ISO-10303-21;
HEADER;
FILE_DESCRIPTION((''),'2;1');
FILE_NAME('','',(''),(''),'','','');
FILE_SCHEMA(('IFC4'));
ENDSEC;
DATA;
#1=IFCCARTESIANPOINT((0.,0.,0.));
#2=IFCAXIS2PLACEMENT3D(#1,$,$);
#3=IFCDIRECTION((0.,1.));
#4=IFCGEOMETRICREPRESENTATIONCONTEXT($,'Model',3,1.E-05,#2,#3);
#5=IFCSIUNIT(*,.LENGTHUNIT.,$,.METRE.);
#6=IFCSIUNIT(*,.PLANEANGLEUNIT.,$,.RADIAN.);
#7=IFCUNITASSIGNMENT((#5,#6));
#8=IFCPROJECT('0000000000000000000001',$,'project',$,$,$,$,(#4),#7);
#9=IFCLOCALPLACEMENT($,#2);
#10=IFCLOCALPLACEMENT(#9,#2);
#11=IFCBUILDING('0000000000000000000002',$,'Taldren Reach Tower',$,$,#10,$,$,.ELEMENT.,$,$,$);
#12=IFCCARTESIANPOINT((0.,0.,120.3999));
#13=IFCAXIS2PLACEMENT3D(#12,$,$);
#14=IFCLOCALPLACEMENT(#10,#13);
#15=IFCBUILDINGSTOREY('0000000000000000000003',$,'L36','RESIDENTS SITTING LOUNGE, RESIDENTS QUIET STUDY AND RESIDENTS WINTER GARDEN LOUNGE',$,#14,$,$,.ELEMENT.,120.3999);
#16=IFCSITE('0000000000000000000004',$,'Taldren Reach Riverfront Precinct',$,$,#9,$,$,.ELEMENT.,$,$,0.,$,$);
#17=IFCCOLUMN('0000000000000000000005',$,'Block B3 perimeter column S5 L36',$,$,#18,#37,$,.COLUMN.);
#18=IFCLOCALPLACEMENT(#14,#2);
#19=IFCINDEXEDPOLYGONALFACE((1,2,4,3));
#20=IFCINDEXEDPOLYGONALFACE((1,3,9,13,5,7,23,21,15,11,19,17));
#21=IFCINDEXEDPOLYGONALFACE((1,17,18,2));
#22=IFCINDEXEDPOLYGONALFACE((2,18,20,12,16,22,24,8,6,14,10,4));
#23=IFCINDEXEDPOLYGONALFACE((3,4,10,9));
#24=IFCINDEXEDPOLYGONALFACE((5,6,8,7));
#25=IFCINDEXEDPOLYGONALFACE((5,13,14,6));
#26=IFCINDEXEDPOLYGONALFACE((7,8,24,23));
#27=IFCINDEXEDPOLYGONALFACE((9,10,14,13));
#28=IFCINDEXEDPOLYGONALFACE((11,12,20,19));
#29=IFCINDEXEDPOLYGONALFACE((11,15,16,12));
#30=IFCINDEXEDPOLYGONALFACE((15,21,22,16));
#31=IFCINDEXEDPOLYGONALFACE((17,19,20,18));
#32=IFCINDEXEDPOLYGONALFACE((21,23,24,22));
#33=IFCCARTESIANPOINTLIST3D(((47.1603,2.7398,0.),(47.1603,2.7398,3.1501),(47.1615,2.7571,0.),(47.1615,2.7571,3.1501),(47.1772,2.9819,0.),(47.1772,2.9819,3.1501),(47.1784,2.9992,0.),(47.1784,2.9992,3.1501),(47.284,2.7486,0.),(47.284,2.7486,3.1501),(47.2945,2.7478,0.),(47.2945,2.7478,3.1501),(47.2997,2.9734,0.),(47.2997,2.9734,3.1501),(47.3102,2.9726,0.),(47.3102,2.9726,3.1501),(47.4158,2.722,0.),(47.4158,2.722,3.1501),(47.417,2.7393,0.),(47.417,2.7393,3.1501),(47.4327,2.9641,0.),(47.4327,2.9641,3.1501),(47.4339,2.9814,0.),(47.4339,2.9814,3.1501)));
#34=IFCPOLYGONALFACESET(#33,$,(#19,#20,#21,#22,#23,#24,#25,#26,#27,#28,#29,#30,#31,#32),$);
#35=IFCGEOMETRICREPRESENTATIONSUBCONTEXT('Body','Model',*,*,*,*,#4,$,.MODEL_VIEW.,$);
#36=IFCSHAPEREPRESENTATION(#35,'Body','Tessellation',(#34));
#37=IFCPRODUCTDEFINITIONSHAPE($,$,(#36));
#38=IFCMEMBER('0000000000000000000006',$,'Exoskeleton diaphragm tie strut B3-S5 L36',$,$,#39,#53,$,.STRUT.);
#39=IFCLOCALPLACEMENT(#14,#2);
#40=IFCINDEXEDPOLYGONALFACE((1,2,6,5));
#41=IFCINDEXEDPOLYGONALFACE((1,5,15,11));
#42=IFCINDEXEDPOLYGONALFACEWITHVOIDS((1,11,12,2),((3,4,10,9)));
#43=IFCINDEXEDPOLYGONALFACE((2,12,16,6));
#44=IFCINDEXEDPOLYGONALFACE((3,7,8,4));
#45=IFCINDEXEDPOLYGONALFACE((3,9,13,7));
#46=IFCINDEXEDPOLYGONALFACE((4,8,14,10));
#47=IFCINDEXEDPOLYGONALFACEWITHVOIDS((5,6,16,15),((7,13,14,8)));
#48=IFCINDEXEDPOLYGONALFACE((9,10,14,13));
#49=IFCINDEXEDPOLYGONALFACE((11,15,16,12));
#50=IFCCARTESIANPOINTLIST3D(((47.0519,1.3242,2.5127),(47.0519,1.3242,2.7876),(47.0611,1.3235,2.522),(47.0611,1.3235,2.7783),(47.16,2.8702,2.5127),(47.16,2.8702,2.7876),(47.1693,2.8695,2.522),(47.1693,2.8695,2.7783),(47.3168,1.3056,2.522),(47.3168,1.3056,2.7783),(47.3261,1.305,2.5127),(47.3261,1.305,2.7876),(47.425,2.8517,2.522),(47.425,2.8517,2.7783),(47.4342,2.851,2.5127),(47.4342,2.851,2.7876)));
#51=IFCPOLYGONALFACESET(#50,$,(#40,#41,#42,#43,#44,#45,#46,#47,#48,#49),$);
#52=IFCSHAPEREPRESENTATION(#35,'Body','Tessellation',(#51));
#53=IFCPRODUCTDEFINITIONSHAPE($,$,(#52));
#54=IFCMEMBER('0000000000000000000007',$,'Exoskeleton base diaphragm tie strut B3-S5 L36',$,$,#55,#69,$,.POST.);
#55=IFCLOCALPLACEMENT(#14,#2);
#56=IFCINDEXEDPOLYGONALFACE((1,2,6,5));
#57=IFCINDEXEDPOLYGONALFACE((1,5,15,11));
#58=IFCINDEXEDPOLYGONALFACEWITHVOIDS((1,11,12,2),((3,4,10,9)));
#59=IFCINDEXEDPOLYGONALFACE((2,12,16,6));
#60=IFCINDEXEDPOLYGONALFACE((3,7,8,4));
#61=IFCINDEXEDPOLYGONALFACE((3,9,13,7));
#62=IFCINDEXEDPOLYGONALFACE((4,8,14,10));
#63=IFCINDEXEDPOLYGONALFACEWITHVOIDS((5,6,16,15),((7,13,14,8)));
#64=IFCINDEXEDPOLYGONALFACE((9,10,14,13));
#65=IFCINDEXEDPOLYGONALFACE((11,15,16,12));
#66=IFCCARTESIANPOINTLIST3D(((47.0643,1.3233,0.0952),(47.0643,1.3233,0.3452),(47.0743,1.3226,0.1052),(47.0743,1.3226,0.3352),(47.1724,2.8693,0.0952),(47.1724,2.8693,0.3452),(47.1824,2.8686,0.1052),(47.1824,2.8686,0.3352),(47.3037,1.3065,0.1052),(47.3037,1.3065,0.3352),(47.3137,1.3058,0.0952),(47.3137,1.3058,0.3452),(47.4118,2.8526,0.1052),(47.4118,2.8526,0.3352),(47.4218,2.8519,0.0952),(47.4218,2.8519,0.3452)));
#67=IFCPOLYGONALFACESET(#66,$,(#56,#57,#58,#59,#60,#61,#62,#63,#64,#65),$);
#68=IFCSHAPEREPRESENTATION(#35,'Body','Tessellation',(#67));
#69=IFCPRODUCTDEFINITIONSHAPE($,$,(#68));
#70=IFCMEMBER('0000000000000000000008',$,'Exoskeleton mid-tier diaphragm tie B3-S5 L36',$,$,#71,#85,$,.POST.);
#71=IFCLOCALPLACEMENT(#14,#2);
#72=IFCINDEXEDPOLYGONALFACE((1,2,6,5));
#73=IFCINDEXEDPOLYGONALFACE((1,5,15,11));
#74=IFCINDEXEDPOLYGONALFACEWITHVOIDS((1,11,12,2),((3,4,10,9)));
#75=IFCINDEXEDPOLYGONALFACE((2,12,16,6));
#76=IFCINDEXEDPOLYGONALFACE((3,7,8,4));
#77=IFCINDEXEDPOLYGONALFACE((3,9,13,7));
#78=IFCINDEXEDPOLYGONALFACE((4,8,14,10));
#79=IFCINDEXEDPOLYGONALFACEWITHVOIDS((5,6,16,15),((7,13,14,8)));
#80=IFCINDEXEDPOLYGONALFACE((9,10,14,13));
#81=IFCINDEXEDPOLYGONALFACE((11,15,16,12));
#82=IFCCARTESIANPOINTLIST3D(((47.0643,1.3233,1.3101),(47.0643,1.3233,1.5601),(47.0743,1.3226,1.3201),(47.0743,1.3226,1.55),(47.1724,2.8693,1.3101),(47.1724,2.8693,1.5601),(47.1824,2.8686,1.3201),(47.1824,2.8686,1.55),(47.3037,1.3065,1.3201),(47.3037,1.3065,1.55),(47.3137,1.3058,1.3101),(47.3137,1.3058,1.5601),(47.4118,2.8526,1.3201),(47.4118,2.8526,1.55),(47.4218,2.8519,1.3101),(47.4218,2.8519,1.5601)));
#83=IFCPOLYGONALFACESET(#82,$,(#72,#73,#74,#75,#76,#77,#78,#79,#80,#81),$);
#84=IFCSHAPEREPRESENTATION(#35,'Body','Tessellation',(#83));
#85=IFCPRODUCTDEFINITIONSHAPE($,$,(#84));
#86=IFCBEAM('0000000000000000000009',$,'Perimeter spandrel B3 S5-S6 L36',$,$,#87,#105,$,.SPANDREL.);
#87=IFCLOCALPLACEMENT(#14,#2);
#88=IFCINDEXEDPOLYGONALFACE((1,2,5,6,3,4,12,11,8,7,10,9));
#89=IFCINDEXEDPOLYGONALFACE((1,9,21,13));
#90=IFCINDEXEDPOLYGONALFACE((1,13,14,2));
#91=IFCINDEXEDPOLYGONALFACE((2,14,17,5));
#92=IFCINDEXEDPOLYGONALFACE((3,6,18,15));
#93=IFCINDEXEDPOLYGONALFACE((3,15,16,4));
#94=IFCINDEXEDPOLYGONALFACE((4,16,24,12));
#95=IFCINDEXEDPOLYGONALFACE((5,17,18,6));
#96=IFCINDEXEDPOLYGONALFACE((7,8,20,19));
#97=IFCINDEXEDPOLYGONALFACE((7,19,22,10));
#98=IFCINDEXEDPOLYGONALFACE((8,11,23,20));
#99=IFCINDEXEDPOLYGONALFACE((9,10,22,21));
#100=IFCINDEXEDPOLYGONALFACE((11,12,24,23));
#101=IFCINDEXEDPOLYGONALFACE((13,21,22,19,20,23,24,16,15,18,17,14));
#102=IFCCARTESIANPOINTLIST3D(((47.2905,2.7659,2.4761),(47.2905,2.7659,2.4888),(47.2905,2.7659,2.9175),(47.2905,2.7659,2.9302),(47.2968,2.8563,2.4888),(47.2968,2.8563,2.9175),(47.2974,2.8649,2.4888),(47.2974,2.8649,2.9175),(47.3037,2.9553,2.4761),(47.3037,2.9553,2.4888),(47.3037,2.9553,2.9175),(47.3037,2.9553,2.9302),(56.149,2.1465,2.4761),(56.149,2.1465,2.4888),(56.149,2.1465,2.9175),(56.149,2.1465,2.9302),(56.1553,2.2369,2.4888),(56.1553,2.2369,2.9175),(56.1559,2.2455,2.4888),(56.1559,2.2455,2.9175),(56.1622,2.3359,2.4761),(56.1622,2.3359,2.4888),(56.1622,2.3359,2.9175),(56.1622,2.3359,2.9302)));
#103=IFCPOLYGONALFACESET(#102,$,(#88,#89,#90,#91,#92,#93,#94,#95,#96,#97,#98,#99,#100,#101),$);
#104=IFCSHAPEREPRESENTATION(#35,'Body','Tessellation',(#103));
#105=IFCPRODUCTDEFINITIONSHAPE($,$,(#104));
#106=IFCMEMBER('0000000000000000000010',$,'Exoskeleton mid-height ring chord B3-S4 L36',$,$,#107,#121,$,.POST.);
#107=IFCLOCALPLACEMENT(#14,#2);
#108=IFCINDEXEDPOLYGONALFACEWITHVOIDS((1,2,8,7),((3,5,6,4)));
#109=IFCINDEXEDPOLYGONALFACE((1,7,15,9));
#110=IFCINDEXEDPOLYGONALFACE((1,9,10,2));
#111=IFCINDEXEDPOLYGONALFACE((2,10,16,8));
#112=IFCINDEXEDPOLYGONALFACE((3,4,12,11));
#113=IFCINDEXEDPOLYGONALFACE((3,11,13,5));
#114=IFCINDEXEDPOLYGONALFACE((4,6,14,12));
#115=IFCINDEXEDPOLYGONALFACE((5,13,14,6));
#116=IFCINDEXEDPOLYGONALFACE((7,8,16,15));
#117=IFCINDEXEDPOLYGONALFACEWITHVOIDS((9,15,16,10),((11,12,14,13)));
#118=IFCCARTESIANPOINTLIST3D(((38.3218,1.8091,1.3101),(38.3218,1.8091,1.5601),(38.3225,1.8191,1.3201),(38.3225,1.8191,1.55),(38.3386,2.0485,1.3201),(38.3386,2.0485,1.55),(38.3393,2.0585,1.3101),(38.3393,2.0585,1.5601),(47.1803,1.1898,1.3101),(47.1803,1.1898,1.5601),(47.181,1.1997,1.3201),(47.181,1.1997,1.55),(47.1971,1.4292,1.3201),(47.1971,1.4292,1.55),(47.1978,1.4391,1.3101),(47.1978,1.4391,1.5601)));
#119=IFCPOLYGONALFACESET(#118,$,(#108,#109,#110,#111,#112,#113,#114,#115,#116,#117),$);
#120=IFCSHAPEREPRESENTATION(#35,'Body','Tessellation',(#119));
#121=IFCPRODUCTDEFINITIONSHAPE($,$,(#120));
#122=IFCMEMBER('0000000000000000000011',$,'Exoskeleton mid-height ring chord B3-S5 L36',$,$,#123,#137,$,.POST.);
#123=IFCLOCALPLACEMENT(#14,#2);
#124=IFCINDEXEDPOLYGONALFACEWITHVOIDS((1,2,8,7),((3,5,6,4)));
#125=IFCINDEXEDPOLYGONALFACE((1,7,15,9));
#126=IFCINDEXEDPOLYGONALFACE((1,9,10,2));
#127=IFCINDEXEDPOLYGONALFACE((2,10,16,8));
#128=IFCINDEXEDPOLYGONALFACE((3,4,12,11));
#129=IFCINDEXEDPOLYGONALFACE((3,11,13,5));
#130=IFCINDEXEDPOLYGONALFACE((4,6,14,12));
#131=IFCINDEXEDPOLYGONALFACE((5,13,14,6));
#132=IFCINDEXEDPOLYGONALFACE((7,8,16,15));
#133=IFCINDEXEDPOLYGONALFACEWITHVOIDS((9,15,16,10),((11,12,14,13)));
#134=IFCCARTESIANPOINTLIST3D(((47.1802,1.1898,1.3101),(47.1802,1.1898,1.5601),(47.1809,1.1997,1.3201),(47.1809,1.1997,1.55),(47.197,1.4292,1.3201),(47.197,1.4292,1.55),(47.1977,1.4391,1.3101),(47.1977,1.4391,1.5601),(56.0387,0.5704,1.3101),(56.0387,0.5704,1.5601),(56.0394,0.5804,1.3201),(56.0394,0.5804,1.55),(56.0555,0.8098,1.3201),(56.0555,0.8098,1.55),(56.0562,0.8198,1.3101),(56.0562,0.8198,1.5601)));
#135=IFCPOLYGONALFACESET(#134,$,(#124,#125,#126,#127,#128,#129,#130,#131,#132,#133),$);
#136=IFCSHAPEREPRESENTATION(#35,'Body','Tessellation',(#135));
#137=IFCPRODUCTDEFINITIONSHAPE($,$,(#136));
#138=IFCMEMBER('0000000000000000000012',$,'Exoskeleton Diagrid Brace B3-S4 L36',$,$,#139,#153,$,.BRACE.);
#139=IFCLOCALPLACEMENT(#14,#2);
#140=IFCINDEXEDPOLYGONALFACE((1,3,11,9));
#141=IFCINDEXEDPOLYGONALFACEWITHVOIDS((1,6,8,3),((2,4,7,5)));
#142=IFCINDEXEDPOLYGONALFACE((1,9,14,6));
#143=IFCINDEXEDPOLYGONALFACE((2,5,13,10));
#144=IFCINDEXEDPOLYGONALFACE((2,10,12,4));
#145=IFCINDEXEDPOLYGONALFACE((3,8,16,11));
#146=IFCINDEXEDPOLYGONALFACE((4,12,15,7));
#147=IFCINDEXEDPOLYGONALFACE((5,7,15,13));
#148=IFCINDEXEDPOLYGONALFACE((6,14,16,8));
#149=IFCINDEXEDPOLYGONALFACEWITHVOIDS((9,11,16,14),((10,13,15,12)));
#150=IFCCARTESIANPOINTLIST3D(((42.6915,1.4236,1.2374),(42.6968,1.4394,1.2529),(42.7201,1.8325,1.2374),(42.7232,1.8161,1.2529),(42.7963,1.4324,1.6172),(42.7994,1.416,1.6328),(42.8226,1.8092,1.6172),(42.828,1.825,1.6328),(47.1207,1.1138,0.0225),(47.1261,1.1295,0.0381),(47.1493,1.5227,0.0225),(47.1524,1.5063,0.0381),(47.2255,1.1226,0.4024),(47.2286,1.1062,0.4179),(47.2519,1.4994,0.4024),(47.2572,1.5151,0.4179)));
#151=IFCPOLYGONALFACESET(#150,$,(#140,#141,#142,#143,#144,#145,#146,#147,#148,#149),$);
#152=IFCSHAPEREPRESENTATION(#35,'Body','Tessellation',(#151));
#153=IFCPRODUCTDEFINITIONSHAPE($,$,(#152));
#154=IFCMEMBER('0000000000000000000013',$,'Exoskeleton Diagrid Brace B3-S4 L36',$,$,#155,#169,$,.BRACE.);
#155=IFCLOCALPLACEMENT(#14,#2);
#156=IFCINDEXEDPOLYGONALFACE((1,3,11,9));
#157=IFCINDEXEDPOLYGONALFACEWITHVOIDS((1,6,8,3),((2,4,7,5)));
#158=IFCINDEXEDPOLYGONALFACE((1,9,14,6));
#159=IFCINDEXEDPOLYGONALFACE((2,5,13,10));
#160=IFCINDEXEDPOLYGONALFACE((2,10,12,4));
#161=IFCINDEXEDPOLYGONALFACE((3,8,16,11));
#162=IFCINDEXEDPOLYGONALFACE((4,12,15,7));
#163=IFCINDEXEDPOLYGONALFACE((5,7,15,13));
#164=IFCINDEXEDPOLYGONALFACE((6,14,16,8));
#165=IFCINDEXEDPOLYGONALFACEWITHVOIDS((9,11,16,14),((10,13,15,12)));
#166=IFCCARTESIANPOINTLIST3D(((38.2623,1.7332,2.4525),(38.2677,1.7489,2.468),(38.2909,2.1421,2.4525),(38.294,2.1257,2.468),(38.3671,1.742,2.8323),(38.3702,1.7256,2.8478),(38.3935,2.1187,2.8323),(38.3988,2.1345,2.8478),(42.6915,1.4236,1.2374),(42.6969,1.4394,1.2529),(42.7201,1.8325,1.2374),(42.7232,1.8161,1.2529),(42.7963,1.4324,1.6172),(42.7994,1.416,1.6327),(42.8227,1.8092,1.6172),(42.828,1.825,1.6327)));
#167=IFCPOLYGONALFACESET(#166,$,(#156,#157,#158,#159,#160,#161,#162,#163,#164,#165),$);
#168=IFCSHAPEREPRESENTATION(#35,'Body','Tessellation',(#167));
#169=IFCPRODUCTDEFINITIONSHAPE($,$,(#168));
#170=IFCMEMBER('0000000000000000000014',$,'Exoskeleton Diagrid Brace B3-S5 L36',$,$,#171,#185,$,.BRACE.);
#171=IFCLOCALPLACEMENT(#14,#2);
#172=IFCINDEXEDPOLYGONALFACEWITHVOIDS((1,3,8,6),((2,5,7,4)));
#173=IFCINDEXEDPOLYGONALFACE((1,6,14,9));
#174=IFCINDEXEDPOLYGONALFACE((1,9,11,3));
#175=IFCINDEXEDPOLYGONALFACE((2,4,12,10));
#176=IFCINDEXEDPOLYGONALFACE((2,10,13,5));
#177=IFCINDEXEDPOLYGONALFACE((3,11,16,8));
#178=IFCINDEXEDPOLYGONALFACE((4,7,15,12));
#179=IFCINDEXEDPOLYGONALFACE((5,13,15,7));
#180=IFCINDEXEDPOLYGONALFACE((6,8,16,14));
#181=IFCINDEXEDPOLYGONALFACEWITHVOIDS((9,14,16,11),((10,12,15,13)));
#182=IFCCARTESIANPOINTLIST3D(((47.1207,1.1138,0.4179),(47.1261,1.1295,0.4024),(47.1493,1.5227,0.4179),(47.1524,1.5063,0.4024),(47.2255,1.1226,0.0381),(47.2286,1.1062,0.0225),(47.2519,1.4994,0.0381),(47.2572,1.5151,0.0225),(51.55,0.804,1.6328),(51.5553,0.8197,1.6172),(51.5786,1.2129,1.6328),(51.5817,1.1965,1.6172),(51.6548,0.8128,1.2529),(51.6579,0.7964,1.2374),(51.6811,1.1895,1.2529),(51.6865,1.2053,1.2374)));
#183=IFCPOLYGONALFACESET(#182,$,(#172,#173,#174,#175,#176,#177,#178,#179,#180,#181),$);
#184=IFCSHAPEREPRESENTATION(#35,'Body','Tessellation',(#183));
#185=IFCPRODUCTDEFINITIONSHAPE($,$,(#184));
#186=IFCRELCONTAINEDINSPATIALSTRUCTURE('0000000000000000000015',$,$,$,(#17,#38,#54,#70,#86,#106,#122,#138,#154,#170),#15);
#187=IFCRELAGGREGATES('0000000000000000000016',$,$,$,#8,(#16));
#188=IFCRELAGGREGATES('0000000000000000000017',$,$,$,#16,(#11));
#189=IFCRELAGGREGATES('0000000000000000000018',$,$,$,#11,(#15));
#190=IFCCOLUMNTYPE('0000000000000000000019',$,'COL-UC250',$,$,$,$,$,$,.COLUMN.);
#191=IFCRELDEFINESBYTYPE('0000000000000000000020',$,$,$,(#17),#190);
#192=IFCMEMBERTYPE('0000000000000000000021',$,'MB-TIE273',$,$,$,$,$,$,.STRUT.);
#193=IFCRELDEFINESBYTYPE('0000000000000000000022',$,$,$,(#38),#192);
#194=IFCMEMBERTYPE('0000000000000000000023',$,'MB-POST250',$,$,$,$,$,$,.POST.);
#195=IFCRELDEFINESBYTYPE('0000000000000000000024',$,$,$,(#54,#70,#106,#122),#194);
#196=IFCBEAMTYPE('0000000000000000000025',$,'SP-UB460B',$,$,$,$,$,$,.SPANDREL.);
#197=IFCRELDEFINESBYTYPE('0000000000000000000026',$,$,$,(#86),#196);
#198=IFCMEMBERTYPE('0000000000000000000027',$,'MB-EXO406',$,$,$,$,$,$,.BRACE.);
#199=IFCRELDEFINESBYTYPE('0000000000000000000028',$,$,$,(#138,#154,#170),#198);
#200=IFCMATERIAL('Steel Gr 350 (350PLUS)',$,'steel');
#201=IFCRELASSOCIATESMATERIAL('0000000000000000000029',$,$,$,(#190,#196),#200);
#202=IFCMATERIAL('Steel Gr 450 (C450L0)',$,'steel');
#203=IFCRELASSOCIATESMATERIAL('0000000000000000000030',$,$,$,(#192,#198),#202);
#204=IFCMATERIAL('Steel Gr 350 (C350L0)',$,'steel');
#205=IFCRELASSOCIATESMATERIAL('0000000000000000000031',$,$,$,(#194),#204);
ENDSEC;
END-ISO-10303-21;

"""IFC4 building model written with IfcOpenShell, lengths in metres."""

from ifc_helpers import new_model, si_unit, direction, frame, origin, origin_2d, place, context, subcontext, project, spatial, hollow_rectangle, i_section, extrude, source, transform, mapped, material, material_profile, profile_set, type_object, element, save


model = new_model("IFC4")

# Units and contexts
model_context = context("Model", 3, precision=1e-05, world=origin(), true_north=direction((0.0, 1.0)))
body_context = subcontext(model_context, "Body", "Model", "MODEL_VIEW")
ifc_project = project(units=[si_unit("LENGTHUNIT", "METRE"), si_unit("PLANEANGLEUNIT", "RADIAN")], contexts=[model_context])

# Site, building, storey
site_placement = place(None, origin())
site = spatial("IfcSite", under=ifc_project, at=site_placement, Name="Taldren Reach Riverfront Precinct", CompositionType="ELEMENT", RefElevation=0.0)
building_placement = place(site_placement, origin())
building = spatial("IfcBuilding", under=site, at=building_placement, Name="Taldren Reach Tower", CompositionType="ELEMENT")
storey_placement = place(building_placement, frame((0.0, 0.0, 120.3999)))
storey = spatial("IfcBuildingStorey", under=building, at=storey_placement, Name="L36", Description="RESIDENTS SITTING LOUNGE, RESIDENTS QUIET STUDY AND RESIDENTS WINTER GARDEN LOUNGE", CompositionType="ELEMENT", Elevation=120.3999)

# Column
ifc_material_1 = material(Name="Steel Gr 350 (350PLUS)", Category="steel")
ifc_material_profile_1 = material_profile(ifc_material_1, i_section(OverallWidth=0.2561, OverallDepth=0.26, WebThickness=0.0105, FlangeThickness=0.0173, at=origin_2d()), Name="250UC89.5")
ifc_profile_set_1 = profile_set([ifc_material_profile_1], Name="Steel Gr 350 (350PLUS)")
column_type = type_object("IfcColumnType", Name="COL-UC250", PredefinedType="COLUMN", material=ifc_profile_set_1)
shared_shape_1 = source(origin(), body_context, "Body", "SweptSolid", [
    extrude(i_section(OverallWidth=0.2561, OverallDepth=0.26, WebThickness=0.0105, FlangeThickness=0.0173, at=origin_2d()), origin(), (0.0, 0.0, 1.0), 3.1501),
])
column_placement = place(storey_placement, frame((47.2971, 2.8606, 0.0), z_axis=(0.0, 0.0, 1.0), x_axis=(0.997564, -0.069756, 0.0)))
element("IfcColumn", 1, at=column_placement, inside=storey, type_object=column_type, Name="Block B3 perimeter column S5 L36", PredefinedType="COLUMN", context=body_context, shape_type="MappedRepresentation", body=[
    mapped(shared_shape_1, transform((0.0, 0.0, 0.0), scale=1.0)),
])

# Members
ifc_material_2 = material(Name="Steel Gr 450 (C450L0)", Category="steel")
ifc_material_profile_2 = material_profile(ifc_material_2, hollow_rectangle(XDim=0.2749, YDim=0.2749, WallThickness=0.0093, at=origin_2d()), Name="275x275x9.3SHS")
ifc_profile_set_2 = profile_set([ifc_material_profile_2], Name="Steel Gr 450 (C450L0)")
member_type_1 = type_object("IfcMemberType", Name="MB-TIE273", PredefinedType="STRUT", material=ifc_profile_set_2)
shared_shape_2 = source(origin(), body_context, "Body", "SweptSolid", [
    extrude(hollow_rectangle(XDim=0.2749, YDim=0.2749, WallThickness=0.0093, at=origin_2d()), origin(), (0.0, 0.0, 1.0), 1.5498),
])
member_1_placement = place(storey_placement, frame((47.2971, 2.8606, 2.6501), z_axis=(-0.069781, -0.997562, 0.0), x_axis=(0.997562, -0.069781, 0.0)))
element("IfcMember", 2, at=member_1_placement, inside=storey, type_object=member_type_1, Name="Exoskeleton diaphragm tie strut B3-S5 L36", PredefinedType="STRUT", context=body_context, shape_type="MappedRepresentation", body=[
    mapped(shared_shape_2, transform((0.0, 0.0, 0.0), scale=1.0)),
])
ifc_material_3 = material(Name="Steel Gr 350 (C350L0)", Category="steel")
ifc_material_profile_3 = material_profile(ifc_material_3, hollow_rectangle(XDim=0.25, YDim=0.25, WallThickness=0.01, at=origin_2d()), Name="250x250x10.0SHS")
ifc_profile_set_3 = profile_set([ifc_material_profile_3], Name="Steel Gr 350 (C350L0)")
member_type_2 = type_object("IfcMemberType", Name="MB-POST250", PredefinedType="POST", material=ifc_profile_set_3)
shared_shape_3 = source(origin(), body_context, "Body", "SweptSolid", [
    extrude(hollow_rectangle(XDim=0.25, YDim=0.25, WallThickness=0.01, at=origin_2d()), origin(), (0.0, 0.0, 1.0), 1.5498),
])
for number, where, z_axis, x_axis, name in (
    (3, (47.2971, 2.8606, 0.2202), (-0.069781, -0.997562, 0.0), (0.997562, -0.069781, 0.0), "Exoskeleton base diaphragm tie strut B3-S5 L36"),
    (4, (47.2971, 2.8606, 1.4351), (-0.069781, -0.997562, 0.0), (0.997562, -0.069781, 0.0), "Exoskeleton mid-tier diaphragm tie B3-S5 L36"),
):
    element("IfcMember", number, at=place(storey_placement, frame(where, z_axis=z_axis, x_axis=x_axis)), inside=storey, type_object=member_type_2, Name=name, PredefinedType="POST", context=body_context, shape_type="MappedRepresentation", body=[
        mapped(shared_shape_3, transform((0.0, 0.0, 0.0), scale=1.0)),
    ])

# Beam
ifc_material_profile_4 = material_profile(ifc_material_1, i_section(OverallWidth=0.1899, OverallDepth=0.4541, WebThickness=0.0085, FlangeThickness=0.0127, at=origin_2d()), Name="460UB67.1")
ifc_profile_set_4 = profile_set([ifc_material_profile_4], Name="Steel Gr 350 (350PLUS)")
beam_type = type_object("IfcBeamType", Name="SP-UB460B", PredefinedType="SPANDREL", material=ifc_profile_set_4)
shared_shape_4 = source(origin(), body_context, "Body", "SweptSolid", [
    extrude(i_section(OverallWidth=0.1899, OverallDepth=0.4541, WebThickness=0.0085, FlangeThickness=0.0127, at=origin_2d()), origin(), (0.0, 0.0, 1.0), 8.8801),
])
beam_placement = place(storey_placement, frame((47.2971, 2.8606, 2.7031), z_axis=(0.997564, -0.06975, 0.0), x_axis=(0.06975, 0.997564, 0.0)))
element("IfcBeam", 5, at=beam_placement, inside=storey, type_object=beam_type, Name="Perimeter spandrel B3 S5-S6 L36", PredefinedType="SPANDREL", context=body_context, shape_type="MappedRepresentation", body=[
    mapped(shared_shape_4, transform((0.0, 0.0, 0.0), scale=1.0)),
])

# Members
shared_shape_5 = source(origin(), body_context, "Body", "SweptSolid", [
    extrude(hollow_rectangle(XDim=0.25, YDim=0.25, WallThickness=0.01, at=origin_2d()), origin(), (0.0, 0.0, 1.0), 8.8801),
])
for number, where, z_axis, x_axis, name in (
    (6, (38.3306, 1.9338, 1.4351), (0.997564, -0.06975, 0.0), (0.06975, 0.997564, 0.0), "Exoskeleton mid-height ring chord B3-S4 L36"),
    (7, (47.189, 1.3145, 1.4351), (0.997564, -0.06975, 0.0), (0.06975, 0.997564, 0.0), "Exoskeleton mid-height ring chord B3-S5 L36"),
):
    element("IfcMember", number, at=place(storey_placement, frame(where, z_axis=z_axis, x_axis=x_axis)), inside=storey, type_object=member_type_2, Name=name, PredefinedType="POST", context=body_context, shape_type="MappedRepresentation", body=[
        mapped(shared_shape_5, transform((0.0, 0.0, 0.0), scale=1.0)),
    ])
ifc_material_profile_5 = material_profile(ifc_material_2, hollow_rectangle(XDim=0.4099, YDim=0.4099, WallThickness=0.0161, at=origin_2d()), Name="410x410x16.0SHS")
ifc_profile_set_5 = profile_set([ifc_material_profile_5], Name="Steel Gr 450 (C450L0)")
member_type_3 = type_object("IfcMemberType", Name="MB-EXO406", PredefinedType="BRACE", material=ifc_profile_set_5)
shared_shape_6 = source(origin(), body_context, "Body", "SweptSolid", [
    extrude(hollow_rectangle(XDim=0.4099, YDim=0.4099, WallThickness=0.0161, at=origin_2d()), origin(), (0.0, 0.0, 1.0), 4.6033),
])
for number, where, z_axis, x_axis, name in (
    (8, (47.189, 1.3145, 0.2202), (-0.962196, 0.067304, 0.263912), (-0.069778, -0.997563, 0.0), "Exoskeleton Diagrid Brace B3-S4 L36"),
    (9, (42.7598, 1.6243, 1.4351), (-0.962186, 0.06725, 0.263962), (-0.069723, -0.997566, 0.0), "Exoskeleton Diagrid Brace B3-S4 L36"),
    (10, (47.189, 1.3145, 0.2202), (0.962196, -0.067304, 0.263912), (0.069778, 0.997563, 0.0), "Exoskeleton Diagrid Brace B3-S5 L36"),
):
    element("IfcMember", number, at=place(storey_placement, frame(where, z_axis=z_axis, x_axis=x_axis)), inside=storey, type_object=member_type_3, Name=name, PredefinedType="BRACE", context=body_context, shape_type="MappedRepresentation", body=[
        mapped(shared_shape_6, transform((0.0, 0.0, 0.0), scale=1.0)),
    ])

save(model, "model.ifc")
